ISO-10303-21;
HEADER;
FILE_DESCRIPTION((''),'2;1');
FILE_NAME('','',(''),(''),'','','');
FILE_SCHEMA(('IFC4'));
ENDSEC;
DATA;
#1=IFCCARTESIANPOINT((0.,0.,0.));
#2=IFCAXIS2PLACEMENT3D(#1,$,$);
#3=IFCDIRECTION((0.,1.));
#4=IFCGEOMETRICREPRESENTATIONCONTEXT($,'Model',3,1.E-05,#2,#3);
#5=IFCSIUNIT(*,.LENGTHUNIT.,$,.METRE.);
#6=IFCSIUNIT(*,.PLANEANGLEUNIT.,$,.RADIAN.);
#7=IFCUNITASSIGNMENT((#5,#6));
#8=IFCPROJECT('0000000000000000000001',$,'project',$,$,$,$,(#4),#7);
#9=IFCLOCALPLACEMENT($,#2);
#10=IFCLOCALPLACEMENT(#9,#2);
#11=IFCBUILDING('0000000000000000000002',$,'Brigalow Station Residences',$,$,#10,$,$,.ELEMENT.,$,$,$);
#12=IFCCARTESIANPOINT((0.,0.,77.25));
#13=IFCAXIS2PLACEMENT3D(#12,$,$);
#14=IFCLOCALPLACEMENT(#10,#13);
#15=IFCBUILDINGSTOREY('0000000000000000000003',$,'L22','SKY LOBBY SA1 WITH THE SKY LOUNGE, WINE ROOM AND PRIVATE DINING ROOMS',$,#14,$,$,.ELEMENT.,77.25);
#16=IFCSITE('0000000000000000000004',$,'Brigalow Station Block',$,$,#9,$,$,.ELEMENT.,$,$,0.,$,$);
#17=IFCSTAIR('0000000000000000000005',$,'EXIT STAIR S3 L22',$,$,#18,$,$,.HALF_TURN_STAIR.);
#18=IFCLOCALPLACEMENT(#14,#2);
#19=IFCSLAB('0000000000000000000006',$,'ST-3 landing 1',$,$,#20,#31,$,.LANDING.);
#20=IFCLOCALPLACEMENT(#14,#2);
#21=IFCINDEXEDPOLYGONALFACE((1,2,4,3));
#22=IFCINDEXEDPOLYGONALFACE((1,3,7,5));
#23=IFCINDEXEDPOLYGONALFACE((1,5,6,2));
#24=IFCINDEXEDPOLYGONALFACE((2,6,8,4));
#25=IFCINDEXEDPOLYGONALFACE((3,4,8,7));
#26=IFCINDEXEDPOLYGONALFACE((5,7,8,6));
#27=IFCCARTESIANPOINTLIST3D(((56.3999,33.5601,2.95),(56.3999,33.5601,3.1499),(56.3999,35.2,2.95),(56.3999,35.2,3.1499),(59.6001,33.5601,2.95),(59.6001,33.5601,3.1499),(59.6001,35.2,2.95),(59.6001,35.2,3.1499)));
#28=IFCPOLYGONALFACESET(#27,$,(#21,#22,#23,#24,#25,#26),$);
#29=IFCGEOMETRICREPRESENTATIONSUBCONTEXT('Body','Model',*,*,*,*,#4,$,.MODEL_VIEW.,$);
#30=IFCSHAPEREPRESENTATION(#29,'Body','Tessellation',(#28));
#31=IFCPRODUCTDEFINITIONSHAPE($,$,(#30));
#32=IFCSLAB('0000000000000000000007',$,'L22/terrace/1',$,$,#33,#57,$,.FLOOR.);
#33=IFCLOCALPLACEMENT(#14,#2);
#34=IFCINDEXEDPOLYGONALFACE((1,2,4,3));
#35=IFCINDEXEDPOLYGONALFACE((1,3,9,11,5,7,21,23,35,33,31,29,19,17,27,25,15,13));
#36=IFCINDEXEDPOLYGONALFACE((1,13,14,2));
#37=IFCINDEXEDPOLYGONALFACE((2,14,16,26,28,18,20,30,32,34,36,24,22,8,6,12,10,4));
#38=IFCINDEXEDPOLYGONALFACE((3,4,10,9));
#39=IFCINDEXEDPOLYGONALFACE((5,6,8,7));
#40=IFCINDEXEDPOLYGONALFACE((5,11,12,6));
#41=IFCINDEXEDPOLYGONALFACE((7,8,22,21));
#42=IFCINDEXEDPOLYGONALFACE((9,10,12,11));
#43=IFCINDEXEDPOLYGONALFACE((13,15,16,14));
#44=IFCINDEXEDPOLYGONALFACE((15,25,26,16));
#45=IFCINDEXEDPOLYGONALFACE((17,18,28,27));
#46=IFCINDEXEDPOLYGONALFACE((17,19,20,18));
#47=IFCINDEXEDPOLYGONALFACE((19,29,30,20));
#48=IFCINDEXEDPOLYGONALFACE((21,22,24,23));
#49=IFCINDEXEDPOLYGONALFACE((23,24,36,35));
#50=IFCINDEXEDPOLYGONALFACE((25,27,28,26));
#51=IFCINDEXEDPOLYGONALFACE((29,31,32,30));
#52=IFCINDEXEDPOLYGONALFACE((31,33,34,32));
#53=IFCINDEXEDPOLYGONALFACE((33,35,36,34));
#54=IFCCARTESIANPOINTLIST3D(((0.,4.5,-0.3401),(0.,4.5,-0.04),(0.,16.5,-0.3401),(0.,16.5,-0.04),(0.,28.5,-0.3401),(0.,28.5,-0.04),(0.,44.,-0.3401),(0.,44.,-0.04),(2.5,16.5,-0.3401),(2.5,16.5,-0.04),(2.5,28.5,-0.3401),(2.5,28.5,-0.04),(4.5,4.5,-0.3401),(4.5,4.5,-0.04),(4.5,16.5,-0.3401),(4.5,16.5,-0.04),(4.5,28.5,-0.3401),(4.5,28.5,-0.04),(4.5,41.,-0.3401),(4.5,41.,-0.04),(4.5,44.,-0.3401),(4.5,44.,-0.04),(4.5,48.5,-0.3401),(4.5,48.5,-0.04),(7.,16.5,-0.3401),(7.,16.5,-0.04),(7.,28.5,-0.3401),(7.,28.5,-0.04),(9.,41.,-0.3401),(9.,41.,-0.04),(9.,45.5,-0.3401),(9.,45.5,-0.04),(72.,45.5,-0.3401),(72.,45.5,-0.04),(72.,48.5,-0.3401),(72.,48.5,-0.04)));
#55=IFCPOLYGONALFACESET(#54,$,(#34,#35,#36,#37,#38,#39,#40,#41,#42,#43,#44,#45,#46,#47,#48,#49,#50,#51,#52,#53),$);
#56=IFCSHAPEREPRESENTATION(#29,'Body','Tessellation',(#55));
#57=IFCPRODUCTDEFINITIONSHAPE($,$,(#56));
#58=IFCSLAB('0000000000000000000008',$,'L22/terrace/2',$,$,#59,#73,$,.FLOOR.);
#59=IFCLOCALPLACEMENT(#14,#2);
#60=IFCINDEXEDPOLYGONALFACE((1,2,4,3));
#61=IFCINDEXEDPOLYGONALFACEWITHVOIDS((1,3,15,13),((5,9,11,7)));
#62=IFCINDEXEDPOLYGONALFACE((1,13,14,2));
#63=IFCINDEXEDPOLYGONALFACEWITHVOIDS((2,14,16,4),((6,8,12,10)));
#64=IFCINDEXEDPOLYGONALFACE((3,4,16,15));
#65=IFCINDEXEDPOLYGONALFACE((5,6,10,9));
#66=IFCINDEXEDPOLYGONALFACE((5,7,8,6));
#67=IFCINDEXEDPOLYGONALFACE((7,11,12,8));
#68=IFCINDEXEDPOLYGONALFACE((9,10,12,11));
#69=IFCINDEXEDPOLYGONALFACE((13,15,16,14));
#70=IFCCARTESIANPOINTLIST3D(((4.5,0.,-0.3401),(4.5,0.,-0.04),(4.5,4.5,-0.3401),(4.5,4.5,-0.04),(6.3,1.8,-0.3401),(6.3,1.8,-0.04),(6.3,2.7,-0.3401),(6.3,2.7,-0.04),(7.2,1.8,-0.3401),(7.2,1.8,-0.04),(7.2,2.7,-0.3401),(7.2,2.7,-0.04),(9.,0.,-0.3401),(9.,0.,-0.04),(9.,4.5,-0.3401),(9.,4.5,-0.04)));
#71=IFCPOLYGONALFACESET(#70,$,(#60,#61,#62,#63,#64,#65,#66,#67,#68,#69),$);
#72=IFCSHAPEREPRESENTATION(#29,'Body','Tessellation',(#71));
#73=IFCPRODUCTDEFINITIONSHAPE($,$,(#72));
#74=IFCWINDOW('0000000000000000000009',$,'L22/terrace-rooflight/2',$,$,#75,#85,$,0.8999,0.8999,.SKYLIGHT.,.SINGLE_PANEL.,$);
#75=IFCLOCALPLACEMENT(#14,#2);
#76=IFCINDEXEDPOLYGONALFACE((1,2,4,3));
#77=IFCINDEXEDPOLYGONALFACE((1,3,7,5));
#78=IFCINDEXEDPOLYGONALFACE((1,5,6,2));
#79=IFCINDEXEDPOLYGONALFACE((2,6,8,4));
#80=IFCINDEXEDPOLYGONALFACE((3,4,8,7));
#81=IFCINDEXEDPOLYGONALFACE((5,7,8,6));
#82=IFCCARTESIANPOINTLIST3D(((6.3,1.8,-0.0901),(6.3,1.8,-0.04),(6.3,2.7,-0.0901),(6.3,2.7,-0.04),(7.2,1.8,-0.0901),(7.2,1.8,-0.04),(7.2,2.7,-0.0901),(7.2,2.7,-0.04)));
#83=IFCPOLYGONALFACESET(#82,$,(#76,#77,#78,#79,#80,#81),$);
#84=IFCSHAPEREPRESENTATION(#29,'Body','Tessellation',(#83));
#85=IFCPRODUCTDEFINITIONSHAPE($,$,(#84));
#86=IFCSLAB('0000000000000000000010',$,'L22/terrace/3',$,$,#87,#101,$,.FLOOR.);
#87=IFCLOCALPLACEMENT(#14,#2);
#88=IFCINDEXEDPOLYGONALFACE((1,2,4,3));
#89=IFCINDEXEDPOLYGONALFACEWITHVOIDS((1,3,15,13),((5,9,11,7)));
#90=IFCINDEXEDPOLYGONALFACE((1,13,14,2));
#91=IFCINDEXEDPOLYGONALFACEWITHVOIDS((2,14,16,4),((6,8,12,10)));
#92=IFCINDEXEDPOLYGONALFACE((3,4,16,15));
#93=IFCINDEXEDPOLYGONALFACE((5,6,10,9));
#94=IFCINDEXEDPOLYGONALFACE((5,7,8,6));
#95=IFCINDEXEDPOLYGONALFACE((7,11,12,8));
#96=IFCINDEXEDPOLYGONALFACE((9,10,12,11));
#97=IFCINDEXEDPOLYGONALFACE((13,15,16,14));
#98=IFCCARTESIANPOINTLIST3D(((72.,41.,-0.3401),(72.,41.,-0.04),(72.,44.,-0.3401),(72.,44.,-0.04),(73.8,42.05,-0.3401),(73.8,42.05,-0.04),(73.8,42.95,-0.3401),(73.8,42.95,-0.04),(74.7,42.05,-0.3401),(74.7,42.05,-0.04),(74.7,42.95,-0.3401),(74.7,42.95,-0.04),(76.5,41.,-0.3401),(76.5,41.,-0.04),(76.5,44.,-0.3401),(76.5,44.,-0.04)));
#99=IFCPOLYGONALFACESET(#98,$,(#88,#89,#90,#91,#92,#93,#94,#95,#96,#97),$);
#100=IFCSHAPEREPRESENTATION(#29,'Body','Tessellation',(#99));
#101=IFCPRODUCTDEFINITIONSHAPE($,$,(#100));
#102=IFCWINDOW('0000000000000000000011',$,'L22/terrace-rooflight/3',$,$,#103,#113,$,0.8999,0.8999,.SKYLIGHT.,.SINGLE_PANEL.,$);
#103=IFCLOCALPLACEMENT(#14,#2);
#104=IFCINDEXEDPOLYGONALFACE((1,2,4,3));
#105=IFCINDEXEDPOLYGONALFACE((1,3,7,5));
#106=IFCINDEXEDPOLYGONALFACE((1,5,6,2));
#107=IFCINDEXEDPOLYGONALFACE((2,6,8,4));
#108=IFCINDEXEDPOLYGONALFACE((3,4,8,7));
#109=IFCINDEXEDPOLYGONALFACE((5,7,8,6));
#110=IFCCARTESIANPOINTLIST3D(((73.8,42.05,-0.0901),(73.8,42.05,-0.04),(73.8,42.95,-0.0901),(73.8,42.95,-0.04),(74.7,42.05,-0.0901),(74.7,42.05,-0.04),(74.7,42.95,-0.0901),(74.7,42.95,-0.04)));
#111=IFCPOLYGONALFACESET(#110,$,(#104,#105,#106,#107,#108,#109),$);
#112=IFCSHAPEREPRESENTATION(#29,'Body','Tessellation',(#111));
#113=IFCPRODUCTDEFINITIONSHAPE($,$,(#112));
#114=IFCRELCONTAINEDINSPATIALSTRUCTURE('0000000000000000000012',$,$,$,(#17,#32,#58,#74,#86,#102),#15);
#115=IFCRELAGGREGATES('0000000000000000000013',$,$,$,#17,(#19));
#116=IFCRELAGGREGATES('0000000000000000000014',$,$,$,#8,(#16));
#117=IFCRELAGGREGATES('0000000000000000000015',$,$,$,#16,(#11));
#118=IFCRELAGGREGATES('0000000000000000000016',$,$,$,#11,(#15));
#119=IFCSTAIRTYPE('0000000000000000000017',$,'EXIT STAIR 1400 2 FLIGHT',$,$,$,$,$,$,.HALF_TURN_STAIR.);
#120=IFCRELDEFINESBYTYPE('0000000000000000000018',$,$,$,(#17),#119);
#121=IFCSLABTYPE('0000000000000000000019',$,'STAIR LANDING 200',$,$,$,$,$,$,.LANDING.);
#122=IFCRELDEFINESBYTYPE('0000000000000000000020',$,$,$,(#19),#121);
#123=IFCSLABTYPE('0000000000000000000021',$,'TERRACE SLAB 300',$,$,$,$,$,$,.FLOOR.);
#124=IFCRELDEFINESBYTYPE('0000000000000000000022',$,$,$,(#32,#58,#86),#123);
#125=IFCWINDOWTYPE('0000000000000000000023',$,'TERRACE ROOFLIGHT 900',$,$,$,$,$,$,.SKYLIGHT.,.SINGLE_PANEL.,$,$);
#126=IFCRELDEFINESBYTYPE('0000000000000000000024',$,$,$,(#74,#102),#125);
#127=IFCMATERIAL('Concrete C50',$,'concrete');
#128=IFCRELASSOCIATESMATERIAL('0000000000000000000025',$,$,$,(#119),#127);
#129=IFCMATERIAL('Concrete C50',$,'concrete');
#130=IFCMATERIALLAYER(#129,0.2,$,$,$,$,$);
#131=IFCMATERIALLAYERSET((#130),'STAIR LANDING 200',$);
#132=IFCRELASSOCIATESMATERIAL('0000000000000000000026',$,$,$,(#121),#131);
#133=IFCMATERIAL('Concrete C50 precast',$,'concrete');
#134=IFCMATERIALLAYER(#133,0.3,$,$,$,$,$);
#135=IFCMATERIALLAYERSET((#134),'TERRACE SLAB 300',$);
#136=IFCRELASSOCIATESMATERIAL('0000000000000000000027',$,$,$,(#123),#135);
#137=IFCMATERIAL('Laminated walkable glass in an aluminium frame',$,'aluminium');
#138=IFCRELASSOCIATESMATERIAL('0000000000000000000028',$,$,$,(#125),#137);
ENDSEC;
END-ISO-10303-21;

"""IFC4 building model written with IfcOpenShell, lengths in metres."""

from ifc_helpers import new_model, si_unit, direction, frame, origin, origin_2d, place, context, subcontext, project, spatial, polyline, rectangle, outline, extrude, material, layer, layer_set, type_object, element, fill, aggregate, save


model = new_model("IFC4")

# Units and contexts
model_context = context("Model", 3, precision=1e-05, world=origin(), true_north=direction((0.0, 1.0)))
body_context = subcontext(model_context, "Body", "Model", "MODEL_VIEW")
ifc_project = project(units=[si_unit("LENGTHUNIT", "METRE"), si_unit("PLANEANGLEUNIT", "RADIAN")], contexts=[model_context])

# Site, building, storey
site_placement = place(None, origin())
site = spatial("IfcSite", under=ifc_project, at=site_placement, Name="Brigalow Station Block", CompositionType="ELEMENT", RefElevation=0.0)
building_placement = place(site_placement, origin())
building = spatial("IfcBuilding", under=site, at=building_placement, Name="Brigalow Station Residences", CompositionType="ELEMENT")
storey_placement = place(building_placement, frame((0.0, 0.0, 77.25)))
storey = spatial("IfcBuildingStorey", under=building, at=storey_placement, Name="L22", Description="SKY LOBBY SA1 WITH THE SKY LOUNGE, WINE ROOM AND PRIVATE DINING ROOMS", CompositionType="ELEMENT", Elevation=77.25)

# Stair, slab
ifc_material_1 = material(Name="Concrete C50", Category="concrete")
stair_type = type_object("IfcStairType", Name="EXIT STAIR 1400 2 FLIGHT", PredefinedType="HALF_TURN_STAIR", material=ifc_material_1)
ifc_material_2 = material(Name="Concrete C50", Category="concrete")
ifc_layer_1 = layer(ifc_material_2, 0.2)
ifc_layer_set_1 = layer_set([ifc_layer_1], Name="STAIR LANDING 200")
slab_type_1 = type_object("IfcSlabType", Name="STAIR LANDING 200", PredefinedType="LANDING", material=ifc_layer_set_1)
stair_1_placement = place(storey_placement, origin())
stair_1 = element("IfcStair", 1, at=stair_1_placement, inside=storey, type_object=stair_type, Name="EXIT STAIR S3 L22", PredefinedType="HALF_TURN_STAIR")
slab_1_placement = place(storey_placement, frame((0.0, 0.0, 2.95)))
slab_1 = element("IfcSlab", 2, at=slab_1_placement, type_object=slab_type_1, Name="ST-3 landing 1", PredefinedType="LANDING", context=body_context, shape_type="SweptSolid", body=[
    extrude(outline(polyline([(56.3999, 33.5601), (59.6001, 33.5601), (59.6001, 35.2), (56.3999, 35.2), (56.3999, 33.5601)])), origin(), (0.0, 0.0, 1.0), 0.2),
])
aggregate(stair_1, [slab_1])

# Slab
ifc_material_3 = material(Name="Concrete C50 precast", Category="concrete")
ifc_layer_2 = layer(ifc_material_3, 0.3)
ifc_layer_set_2 = layer_set([ifc_layer_2], Name="TERRACE SLAB 300")
slab_type_2 = type_object("IfcSlabType", Name="TERRACE SLAB 300", PredefinedType="FLOOR", material=ifc_layer_set_2)
slab_2_placement = place(storey_placement, frame((0.0, 0.0, -0.3401)))
element("IfcSlab", 3, at=slab_2_placement, inside=storey, type_object=slab_type_2, Name="L22/terrace/1", PredefinedType="FLOOR", context=body_context, shape_type="SweptSolid", body=[
    extrude(outline(polyline([(4.5, 4.5), (4.5, 16.5), (7.0, 16.5), (7.0, 28.5), (4.5, 28.5), (4.5, 41.0), (9.0, 41.0), (9.0, 45.5), (72.0, 45.5), (72.0, 48.5), (4.5, 48.5), (4.5, 44.0), (0.0, 44.0), (0.0, 28.5), (2.5, 28.5), (2.5, 16.5), (0.0, 16.5), (0.0, 4.5), (4.5, 4.5)])), origin(), (0.0, 0.0, 1.0), 0.3),
])

# Slabs, openings, windows
slab_3_placement = place(storey_placement, frame((0.0, 0.0, -0.3401)))
slab_3 = element("IfcSlab", 4, at=slab_3_placement, inside=storey, type_object=slab_type_2, Name="L22/terrace/2", PredefinedType="FLOOR", context=body_context, shape_type="SweptSolid", body=[
    extrude(outline(polyline([(9.0, 0.0), (9.0, 4.5), (4.5, 4.5), (4.5, 0.0), (9.0, 0.0)])), origin(), (0.0, 0.0, 1.0), 0.3),
])
opening_1_placement = place(slab_3_placement, frame((6.75, 2.25, 0.0)))
opening_1 = element("IfcOpeningElement", 5, at=opening_1_placement, cuts=slab_3, PredefinedType="OPENING", context=body_context, shape_type="SweptSolid", body=[
    extrude(rectangle(XDim=0.8999, YDim=0.8999, at=origin_2d()), origin(), (0.0, 0.0, 1.0), 0.3),
])
ifc_material_4 = material(Name="Laminated walkable glass in an aluminium frame", Category="aluminium")
window_type = type_object("IfcWindowType", Name="TERRACE ROOFLIGHT 900", PartitioningType="SINGLE_PANEL", PredefinedType="SKYLIGHT", material=ifc_material_4)
window_1_placement = place(opening_1_placement, frame((0.0, 0.0, 0.25)))
window_1 = element("IfcWindow", 6, at=window_1_placement, inside=storey, type_object=window_type, Name="L22/terrace-rooflight/2", OverallHeight=0.8999, OverallWidth=0.8999, PartitioningType="SINGLE_PANEL", PredefinedType="SKYLIGHT", context=body_context, shape_type="SweptSolid", body=[
    extrude(rectangle(XDim=0.8999, YDim=0.8999, at=origin_2d()), origin(), (0.0, 0.0, 1.0), 0.05),
])
fill(opening_1, window_1)
slab_4_placement = place(storey_placement, frame((0.0, 0.0, -0.3401)))
slab_4 = element("IfcSlab", 7, at=slab_4_placement, inside=storey, type_object=slab_type_2, Name="L22/terrace/3", PredefinedType="FLOOR", context=body_context, shape_type="SweptSolid", body=[
    extrude(outline(polyline([(72.0, 44.0), (72.0, 41.0), (76.5, 41.0), (76.5, 44.0), (72.0, 44.0)])), origin(), (0.0, 0.0, 1.0), 0.3),
])
opening_2_placement = place(slab_4_placement, frame((74.25, 42.5, 0.0)))
opening_2 = element("IfcOpeningElement", 8, at=opening_2_placement, cuts=slab_4, PredefinedType="OPENING", context=body_context, shape_type="SweptSolid", body=[
    extrude(rectangle(XDim=0.8999, YDim=0.8999, at=origin_2d()), origin(), (0.0, 0.0, 1.0), 0.3),
])
window_2_placement = place(opening_2_placement, frame((0.0, 0.0, 0.25)))
window_2 = element("IfcWindow", 9, at=window_2_placement, inside=storey, type_object=window_type, Name="L22/terrace-rooflight/3", OverallHeight=0.8999, OverallWidth=0.8999, PartitioningType="SINGLE_PANEL", PredefinedType="SKYLIGHT", context=body_context, shape_type="SweptSolid", body=[
    extrude(rectangle(XDim=0.8999, YDim=0.8999, at=origin_2d()), origin(), (0.0, 0.0, 1.0), 0.05),
])
fill(opening_2, window_2)

save(model, "model.ifc")
